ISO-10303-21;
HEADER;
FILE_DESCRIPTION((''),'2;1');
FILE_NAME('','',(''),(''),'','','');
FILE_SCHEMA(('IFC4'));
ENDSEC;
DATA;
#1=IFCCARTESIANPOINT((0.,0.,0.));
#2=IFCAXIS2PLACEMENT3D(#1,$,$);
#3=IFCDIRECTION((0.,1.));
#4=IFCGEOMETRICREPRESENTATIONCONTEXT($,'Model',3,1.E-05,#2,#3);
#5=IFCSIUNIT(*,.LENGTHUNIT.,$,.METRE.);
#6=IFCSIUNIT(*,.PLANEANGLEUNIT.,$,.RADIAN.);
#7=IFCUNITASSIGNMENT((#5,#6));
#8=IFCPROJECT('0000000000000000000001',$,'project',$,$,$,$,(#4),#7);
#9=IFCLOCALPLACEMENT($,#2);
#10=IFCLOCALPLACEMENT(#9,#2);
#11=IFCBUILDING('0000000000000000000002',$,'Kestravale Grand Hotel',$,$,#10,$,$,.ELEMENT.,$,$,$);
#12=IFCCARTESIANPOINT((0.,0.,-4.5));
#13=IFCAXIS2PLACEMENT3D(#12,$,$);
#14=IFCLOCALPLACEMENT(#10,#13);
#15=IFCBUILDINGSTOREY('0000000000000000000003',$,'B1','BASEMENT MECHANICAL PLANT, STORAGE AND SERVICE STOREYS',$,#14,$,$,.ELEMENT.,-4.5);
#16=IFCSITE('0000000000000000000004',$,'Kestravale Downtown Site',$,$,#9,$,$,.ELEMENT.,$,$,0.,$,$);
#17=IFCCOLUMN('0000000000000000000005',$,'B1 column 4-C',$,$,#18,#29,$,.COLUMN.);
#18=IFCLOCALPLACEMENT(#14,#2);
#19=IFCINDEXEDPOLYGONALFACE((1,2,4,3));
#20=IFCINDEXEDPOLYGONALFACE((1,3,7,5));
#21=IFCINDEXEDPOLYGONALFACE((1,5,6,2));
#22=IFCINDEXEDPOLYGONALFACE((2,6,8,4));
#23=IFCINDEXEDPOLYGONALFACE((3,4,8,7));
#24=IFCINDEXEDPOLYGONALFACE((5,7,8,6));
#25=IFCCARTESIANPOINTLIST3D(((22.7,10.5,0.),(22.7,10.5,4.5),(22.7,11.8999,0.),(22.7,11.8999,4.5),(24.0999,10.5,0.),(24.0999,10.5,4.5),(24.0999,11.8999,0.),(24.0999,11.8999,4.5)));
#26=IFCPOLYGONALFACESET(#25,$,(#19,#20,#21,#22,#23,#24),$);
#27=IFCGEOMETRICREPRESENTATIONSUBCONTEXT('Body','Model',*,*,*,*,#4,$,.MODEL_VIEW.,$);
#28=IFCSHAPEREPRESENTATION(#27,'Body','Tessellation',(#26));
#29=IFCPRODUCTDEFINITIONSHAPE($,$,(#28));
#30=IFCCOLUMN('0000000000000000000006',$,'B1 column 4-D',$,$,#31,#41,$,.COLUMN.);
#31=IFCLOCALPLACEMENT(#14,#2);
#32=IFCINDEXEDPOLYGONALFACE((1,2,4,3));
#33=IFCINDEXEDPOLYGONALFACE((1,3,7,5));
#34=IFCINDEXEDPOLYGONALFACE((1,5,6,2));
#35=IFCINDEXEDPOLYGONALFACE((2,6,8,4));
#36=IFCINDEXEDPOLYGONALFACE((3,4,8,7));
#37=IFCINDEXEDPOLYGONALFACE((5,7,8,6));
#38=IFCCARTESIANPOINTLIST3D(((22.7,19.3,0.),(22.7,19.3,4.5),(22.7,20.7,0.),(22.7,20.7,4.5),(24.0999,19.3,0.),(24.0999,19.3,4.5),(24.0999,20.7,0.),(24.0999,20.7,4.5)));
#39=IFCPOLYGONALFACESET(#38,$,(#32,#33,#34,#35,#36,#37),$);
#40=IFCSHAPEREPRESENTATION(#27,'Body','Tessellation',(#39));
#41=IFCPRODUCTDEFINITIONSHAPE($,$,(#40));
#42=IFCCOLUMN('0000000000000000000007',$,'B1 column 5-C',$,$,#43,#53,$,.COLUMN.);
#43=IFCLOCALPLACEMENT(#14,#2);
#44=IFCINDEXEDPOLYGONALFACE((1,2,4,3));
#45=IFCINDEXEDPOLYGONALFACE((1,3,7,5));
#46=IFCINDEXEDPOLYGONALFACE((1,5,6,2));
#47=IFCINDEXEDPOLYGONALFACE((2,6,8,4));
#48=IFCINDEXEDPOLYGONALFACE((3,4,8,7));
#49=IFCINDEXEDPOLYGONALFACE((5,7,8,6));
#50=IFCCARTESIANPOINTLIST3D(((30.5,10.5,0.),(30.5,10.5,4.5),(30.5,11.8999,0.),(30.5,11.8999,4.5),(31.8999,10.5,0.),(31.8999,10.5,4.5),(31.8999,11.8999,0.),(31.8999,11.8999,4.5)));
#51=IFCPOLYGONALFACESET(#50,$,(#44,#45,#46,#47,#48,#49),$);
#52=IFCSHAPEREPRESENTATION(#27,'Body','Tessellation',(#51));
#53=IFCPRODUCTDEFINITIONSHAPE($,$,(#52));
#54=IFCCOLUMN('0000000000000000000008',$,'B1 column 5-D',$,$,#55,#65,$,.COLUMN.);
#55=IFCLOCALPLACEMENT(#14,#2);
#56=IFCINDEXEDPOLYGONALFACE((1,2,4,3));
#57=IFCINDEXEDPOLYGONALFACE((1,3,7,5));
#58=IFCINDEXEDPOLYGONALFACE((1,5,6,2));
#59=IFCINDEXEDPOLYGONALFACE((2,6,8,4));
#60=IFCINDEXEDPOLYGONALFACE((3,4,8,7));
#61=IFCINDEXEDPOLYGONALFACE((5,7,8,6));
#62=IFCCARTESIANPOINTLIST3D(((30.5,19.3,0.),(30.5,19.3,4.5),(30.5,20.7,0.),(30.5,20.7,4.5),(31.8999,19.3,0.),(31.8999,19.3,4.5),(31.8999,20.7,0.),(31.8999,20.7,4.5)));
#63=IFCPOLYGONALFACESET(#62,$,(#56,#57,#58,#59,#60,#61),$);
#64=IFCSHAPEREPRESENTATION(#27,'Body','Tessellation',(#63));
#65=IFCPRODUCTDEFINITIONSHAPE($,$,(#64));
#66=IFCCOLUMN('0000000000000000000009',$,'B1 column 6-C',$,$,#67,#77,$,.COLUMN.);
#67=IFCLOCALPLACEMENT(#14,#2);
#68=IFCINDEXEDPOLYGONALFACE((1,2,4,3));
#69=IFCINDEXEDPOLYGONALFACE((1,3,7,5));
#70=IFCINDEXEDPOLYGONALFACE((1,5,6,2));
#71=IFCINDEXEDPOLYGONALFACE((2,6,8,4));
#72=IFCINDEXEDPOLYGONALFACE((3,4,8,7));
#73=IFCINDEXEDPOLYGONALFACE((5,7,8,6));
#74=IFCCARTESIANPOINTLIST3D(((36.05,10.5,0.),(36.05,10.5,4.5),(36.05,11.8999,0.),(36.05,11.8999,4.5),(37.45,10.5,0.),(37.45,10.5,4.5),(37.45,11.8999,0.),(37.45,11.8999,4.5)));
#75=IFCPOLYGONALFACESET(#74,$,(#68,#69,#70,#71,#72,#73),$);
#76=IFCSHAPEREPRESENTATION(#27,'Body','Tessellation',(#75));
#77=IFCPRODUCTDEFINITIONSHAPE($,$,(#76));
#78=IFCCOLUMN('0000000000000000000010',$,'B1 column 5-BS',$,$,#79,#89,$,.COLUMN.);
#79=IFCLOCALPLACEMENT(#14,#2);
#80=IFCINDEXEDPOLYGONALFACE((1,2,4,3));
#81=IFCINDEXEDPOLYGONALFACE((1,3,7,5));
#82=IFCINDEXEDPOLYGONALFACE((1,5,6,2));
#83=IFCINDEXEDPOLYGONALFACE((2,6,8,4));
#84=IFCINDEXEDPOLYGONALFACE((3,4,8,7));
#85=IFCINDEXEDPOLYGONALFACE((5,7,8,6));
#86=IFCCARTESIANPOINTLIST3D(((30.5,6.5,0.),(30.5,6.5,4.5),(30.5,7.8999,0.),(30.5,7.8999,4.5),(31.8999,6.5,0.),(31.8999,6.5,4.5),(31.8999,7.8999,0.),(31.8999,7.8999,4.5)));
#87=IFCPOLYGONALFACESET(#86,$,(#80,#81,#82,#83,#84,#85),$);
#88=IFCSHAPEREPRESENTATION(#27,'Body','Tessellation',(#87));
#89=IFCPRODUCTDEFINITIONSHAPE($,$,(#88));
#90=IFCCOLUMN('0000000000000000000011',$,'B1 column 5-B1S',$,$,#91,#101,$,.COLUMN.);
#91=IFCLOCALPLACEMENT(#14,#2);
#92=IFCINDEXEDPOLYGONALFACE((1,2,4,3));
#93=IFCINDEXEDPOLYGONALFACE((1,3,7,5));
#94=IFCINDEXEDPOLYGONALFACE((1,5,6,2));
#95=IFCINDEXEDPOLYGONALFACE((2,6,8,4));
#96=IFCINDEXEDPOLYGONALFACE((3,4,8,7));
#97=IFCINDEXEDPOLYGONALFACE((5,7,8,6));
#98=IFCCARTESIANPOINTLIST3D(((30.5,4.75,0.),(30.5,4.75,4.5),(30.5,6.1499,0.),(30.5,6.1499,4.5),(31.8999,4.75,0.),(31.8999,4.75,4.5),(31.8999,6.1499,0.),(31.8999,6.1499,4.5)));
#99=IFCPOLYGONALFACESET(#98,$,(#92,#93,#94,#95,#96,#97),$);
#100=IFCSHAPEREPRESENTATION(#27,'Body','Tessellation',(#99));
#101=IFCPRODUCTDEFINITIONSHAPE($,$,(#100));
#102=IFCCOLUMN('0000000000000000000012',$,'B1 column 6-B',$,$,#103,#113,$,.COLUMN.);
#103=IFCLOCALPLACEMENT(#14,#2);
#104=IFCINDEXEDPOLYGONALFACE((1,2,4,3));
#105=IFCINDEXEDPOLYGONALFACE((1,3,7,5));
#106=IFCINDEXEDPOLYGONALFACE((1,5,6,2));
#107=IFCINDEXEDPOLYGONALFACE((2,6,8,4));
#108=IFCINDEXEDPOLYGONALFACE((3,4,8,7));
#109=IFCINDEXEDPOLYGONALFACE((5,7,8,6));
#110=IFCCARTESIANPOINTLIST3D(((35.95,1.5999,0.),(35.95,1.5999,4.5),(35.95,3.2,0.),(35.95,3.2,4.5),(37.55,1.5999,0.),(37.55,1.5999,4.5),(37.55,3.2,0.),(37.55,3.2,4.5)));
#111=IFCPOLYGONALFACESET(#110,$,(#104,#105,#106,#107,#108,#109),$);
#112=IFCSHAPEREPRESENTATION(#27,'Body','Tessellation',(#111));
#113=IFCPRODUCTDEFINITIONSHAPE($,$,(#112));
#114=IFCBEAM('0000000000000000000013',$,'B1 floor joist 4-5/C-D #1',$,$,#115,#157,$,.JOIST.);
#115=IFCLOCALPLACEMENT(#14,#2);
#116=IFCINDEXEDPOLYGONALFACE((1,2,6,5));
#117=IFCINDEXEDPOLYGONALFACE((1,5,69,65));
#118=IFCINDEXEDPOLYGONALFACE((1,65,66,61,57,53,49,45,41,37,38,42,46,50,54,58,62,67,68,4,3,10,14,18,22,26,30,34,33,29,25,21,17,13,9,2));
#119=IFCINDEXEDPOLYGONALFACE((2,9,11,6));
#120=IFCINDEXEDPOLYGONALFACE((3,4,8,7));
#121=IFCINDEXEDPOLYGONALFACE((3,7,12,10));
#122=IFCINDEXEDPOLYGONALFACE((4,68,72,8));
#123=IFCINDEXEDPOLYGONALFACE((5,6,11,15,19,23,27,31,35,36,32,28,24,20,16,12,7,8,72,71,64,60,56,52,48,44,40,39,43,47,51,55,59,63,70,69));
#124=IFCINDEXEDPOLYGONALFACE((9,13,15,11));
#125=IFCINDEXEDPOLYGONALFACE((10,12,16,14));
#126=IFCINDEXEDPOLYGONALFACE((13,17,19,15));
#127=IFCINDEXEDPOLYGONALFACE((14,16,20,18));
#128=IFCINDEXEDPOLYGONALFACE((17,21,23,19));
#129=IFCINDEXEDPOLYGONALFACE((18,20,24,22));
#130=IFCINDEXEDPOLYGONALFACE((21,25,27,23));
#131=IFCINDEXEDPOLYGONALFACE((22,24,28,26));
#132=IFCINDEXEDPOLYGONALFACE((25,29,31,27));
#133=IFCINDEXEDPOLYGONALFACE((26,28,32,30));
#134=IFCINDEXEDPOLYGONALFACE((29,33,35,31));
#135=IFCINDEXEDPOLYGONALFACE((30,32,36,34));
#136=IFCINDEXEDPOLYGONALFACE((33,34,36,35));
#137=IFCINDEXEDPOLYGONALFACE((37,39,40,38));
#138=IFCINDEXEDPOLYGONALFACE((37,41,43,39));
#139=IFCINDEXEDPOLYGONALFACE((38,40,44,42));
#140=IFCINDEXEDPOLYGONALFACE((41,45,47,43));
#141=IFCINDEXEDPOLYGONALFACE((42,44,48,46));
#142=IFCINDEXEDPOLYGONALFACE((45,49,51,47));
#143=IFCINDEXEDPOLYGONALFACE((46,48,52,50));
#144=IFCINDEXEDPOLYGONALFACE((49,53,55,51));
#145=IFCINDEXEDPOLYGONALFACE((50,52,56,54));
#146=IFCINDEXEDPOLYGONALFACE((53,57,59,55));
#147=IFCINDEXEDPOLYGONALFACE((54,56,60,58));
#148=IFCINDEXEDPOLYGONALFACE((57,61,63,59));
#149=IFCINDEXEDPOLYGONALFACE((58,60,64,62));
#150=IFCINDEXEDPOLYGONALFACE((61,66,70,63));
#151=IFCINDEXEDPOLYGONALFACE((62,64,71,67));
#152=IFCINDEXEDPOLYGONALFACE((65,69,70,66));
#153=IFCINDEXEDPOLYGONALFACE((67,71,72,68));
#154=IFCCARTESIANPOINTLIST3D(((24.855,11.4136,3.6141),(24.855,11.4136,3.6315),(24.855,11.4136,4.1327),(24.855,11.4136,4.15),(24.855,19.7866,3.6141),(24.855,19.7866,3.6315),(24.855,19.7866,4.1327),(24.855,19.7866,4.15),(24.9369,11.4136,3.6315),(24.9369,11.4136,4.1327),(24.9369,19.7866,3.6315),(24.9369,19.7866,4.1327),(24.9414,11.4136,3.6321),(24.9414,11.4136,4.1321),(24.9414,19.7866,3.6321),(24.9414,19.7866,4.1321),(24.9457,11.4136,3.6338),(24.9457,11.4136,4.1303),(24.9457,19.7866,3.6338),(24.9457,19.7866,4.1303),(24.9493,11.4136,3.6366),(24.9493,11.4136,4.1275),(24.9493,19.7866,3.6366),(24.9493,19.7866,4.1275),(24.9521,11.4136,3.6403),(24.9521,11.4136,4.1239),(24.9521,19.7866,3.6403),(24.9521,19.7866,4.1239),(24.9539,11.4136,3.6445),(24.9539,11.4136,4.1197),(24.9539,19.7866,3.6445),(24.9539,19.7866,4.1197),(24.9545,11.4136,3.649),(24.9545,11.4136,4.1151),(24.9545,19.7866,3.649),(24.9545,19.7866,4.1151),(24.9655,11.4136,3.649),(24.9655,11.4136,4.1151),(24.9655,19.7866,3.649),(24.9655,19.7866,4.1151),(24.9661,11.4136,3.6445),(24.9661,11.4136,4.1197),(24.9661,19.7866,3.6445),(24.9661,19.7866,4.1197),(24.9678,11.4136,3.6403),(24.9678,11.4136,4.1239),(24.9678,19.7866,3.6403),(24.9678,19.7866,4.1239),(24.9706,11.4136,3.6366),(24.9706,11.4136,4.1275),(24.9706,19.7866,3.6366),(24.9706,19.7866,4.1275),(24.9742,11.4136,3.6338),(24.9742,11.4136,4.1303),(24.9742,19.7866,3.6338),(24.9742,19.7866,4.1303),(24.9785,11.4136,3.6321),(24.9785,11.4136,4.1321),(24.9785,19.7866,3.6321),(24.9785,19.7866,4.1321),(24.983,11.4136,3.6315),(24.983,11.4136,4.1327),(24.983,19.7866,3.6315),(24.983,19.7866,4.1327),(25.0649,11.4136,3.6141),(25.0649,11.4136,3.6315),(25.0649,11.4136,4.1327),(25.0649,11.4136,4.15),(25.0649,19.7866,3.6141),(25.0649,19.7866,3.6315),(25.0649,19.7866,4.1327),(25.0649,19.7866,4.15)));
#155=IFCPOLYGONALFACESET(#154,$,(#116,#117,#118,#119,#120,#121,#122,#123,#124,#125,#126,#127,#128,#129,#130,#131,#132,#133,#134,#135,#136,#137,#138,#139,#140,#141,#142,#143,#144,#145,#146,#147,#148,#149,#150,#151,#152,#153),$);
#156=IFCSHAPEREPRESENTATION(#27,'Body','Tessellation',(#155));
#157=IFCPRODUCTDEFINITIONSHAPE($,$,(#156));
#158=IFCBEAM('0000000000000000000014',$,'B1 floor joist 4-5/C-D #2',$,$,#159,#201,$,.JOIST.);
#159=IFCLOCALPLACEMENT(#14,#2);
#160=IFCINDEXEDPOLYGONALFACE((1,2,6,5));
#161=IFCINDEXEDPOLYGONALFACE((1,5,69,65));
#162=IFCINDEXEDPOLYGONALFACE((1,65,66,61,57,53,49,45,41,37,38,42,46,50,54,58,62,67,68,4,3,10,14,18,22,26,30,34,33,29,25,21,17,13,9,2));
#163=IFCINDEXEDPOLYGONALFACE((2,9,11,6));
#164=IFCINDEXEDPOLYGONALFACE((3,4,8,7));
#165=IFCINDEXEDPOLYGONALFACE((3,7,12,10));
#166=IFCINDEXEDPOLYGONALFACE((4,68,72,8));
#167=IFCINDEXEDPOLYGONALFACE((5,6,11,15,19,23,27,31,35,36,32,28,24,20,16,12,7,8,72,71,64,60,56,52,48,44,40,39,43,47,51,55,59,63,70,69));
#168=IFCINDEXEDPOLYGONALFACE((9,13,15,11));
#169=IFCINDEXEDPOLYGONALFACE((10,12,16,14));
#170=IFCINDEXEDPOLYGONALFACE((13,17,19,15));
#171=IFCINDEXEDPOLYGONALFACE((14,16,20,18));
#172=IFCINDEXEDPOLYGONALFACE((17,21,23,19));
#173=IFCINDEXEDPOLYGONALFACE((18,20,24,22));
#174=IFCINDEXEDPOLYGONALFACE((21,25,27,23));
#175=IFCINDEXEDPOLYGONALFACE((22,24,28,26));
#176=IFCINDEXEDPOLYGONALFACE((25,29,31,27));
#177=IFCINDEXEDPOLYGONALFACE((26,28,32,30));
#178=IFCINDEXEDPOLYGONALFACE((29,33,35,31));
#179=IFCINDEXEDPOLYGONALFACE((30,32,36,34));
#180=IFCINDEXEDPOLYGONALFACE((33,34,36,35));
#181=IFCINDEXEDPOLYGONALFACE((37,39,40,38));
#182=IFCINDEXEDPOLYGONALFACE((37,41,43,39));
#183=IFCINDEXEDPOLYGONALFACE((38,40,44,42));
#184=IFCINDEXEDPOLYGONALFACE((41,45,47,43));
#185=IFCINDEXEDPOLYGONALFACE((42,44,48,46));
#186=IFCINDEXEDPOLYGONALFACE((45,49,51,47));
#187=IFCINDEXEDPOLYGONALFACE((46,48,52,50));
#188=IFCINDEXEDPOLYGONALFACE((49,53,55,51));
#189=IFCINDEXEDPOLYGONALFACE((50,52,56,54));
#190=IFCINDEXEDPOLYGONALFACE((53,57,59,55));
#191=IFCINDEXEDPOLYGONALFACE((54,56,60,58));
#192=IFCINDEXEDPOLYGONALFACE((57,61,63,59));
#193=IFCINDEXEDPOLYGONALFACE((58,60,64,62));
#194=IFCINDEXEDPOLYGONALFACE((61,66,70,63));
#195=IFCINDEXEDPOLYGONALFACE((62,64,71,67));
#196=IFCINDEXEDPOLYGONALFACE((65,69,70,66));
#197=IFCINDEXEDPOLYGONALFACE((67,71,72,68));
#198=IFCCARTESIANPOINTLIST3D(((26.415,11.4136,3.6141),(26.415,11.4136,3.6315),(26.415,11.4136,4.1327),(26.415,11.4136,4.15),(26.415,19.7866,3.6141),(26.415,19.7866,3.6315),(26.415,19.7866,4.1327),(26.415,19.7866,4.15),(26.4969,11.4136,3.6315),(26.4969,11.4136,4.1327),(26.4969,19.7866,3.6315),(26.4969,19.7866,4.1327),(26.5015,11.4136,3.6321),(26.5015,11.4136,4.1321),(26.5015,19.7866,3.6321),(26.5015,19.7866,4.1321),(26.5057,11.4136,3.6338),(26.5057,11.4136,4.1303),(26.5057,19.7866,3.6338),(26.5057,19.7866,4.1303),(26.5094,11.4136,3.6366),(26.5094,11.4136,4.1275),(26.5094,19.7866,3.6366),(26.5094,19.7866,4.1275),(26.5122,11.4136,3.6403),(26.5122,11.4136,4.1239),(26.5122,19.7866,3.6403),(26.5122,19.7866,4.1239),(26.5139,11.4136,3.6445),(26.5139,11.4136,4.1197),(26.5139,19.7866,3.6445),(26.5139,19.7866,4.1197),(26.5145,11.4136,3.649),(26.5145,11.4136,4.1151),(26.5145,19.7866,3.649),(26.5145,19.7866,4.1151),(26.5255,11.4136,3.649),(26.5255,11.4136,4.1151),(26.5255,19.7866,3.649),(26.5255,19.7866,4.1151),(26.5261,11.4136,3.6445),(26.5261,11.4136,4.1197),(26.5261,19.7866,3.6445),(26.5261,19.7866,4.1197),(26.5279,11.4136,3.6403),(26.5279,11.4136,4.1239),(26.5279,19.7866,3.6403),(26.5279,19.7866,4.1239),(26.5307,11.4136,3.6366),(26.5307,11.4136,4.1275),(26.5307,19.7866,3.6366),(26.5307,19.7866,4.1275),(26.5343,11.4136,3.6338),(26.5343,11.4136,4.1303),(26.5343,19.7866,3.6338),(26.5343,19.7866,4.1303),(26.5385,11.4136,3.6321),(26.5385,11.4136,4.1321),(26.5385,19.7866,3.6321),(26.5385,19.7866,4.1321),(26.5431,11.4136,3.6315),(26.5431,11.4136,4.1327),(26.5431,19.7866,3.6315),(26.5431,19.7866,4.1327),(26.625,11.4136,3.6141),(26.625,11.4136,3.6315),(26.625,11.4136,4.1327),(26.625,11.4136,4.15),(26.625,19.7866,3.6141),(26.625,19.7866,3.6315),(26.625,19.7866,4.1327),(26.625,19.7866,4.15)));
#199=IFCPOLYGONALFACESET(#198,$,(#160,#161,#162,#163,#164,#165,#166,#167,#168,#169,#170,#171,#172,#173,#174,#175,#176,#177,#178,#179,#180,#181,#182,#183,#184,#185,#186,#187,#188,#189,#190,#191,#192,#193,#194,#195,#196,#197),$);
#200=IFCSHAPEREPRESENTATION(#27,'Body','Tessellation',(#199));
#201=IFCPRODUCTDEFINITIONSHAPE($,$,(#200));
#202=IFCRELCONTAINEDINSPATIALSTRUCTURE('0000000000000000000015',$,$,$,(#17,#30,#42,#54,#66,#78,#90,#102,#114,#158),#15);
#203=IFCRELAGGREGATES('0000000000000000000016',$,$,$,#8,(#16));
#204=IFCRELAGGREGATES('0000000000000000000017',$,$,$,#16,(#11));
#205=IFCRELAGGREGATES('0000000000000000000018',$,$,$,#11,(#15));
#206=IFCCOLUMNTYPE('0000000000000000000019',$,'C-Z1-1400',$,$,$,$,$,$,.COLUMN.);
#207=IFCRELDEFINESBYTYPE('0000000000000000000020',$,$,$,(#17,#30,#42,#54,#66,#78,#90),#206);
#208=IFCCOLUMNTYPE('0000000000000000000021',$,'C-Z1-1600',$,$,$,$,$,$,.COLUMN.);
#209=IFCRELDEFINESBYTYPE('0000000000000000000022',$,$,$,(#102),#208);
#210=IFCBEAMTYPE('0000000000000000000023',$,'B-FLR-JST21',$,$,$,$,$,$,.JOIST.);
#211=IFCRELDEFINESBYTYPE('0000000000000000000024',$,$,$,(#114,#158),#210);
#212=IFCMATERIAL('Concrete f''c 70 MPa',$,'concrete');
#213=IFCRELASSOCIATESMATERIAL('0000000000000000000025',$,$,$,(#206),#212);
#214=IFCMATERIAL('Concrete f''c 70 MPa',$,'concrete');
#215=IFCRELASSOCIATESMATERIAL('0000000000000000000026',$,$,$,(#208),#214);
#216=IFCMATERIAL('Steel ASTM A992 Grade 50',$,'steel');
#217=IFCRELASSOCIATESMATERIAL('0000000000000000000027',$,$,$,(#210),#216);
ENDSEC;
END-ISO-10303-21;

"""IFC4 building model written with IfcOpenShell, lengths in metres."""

from ifc_helpers import new_model, si_unit, direction, frame, origin, origin_2d, place, context, subcontext, project, spatial, rectangle, i_section, extrude, material, material_profile, profile_set, type_object, element, save


model = new_model("IFC4")

# Units and contexts
model_context = context("Model", 3, precision=1e-05, world=origin(), true_north=direction((0.0, 1.0)))
body_context = subcontext(model_context, "Body", "Model", "MODEL_VIEW")
ifc_project = project(units=[si_unit("LENGTHUNIT", "METRE"), si_unit("PLANEANGLEUNIT", "RADIAN")], contexts=[model_context])

# Site, building, storey
site_placement = place(None, origin())
site = spatial("IfcSite", under=ifc_project, at=site_placement, Name="Kestravale Downtown Site", CompositionType="ELEMENT", RefElevation=0.0)
building_placement = place(site_placement, origin())
building = spatial("IfcBuilding", under=site, at=building_placement, Name="Kestravale Grand Hotel", CompositionType="ELEMENT")
storey_placement = place(building_placement, frame((0.0, 0.0, -4.5)))
storey = spatial("IfcBuildingStorey", under=building, at=storey_placement, Name="B1", Description="BASEMENT MECHANICAL PLANT, STORAGE AND SERVICE STOREYS", CompositionType="ELEMENT", Elevation=-4.5)

# Columns
ifc_material_1 = material(Name="Concrete f'c 70 MPa", Category="concrete")
ifc_material_profile_1 = material_profile(ifc_material_1, rectangle(XDim=1.3999, YDim=1.3999, at=origin_2d()))
ifc_profile_set_1 = profile_set([ifc_material_profile_1], Name="Concrete f'c 70 MPa")
column_type_1 = type_object("IfcColumnType", Name="C-Z1-1400", PredefinedType="COLUMN", material=ifc_profile_set_1)
for number, where, z_axis, x_axis, name in (
    (1, (23.3999, 11.2, 0.0), (0.0, 0.0, 1.0), (1.0, 0.0, 0.0), "B1 column 4-C"),
    (2, (23.3999, 20.0, 0.0), (0.0, 0.0, 1.0), (1.0, 0.0, 0.0), "B1 column 4-D"),
    (3, (31.2, 11.2, 0.0), (0.0, 0.0, 1.0), (1.0, 0.0, 0.0), "B1 column 5-C"),
    (4, (31.2, 20.0, 0.0), (0.0, 0.0, 1.0), (1.0, 0.0, 0.0), "B1 column 5-D"),
    (5, (36.75, 11.2, 0.0), (0.0, 0.0, 1.0), (1.0, 0.0, 0.0), "B1 column 6-C"),
    (6, (31.2, 7.2, 0.0), (0.0, 0.0, 1.0), (1.0, 0.0, 0.0), "B1 column 5-BS"),
    (7, (31.2, 5.45, 0.0), (0.0, 0.0, 1.0), (1.0, 0.0, 0.0), "B1 column 5-B1S"),
):
    element("IfcColumn", number, at=place(storey_placement, frame(where, z_axis=z_axis, x_axis=x_axis)), inside=storey, type_object=column_type_1, Name=name, PredefinedType="COLUMN", context=body_context, shape_type="SweptSolid", body=[
        extrude(rectangle(XDim=1.3999, YDim=1.3999, at=origin_2d()), origin(), (0.0, 0.0, 1.0), 4.5),
    ])
ifc_material_2 = material(Name="Concrete f'c 70 MPa", Category="concrete")
ifc_material_profile_2 = material_profile(ifc_material_2, rectangle(XDim=1.6001, YDim=1.6001, at=origin_2d()))
ifc_profile_set_2 = profile_set([ifc_material_profile_2], Name="Concrete f'c 70 MPa")
column_type_2 = type_object("IfcColumnType", Name="C-Z1-1600", PredefinedType="COLUMN", material=ifc_profile_set_2)
column_placement = place(storey_placement, frame((36.75, 2.3999, 0.0), z_axis=(0.0, 0.0, 1.0), x_axis=(1.0, 0.0, 0.0)))
element("IfcColumn", 8, at=column_placement, inside=storey, type_object=column_type_2, Name="B1 column 6-B", PredefinedType="COLUMN", context=body_context, shape_type="SweptSolid", body=[
    extrude(rectangle(XDim=1.6001, YDim=1.6001, at=origin_2d()), origin(), (0.0, 0.0, 1.0), 4.5),
])

# Beams
ifc_material_3 = material(Name="Steel ASTM A992 Grade 50", Category="steel")
ifc_material_profile_3 = material_profile(ifc_material_3, i_section(OverallWidth=0.21, OverallDepth=0.5359, WebThickness=0.011, FlangeThickness=0.0173, FilletRadius=0.0176, at=origin_2d()))
ifc_profile_set_3 = profile_set([ifc_material_profile_3], Name="Steel ASTM A992 Grade 50")
beam_type_1 = type_object("IfcBeamType", Name="B-FLR-JST21", PredefinedType="JOIST", material=ifc_profile_set_3)
for number, where, z_axis, x_axis, name in (
    (9, (24.96, 11.4136, 3.8821), (0.0, 1.0, 0.0), (-1.0, 0.0, 0.0), "B1 floor joist 4-5/C-D #1"),
    (10, (26.52, 11.4136, 3.8821), (0.0, 1.0, 0.0), (-1.0, 0.0, 0.0), "B1 floor joist 4-5/C-D #2"),
):
    element("IfcBeam", number, at=place(storey_placement, frame(where, z_axis=z_axis, x_axis=x_axis)), inside=storey, type_object=beam_type_1, Name=name, PredefinedType="JOIST", context=body_context, shape_type="SweptSolid", body=[
        extrude(i_section(OverallWidth=0.21, OverallDepth=0.5359, WebThickness=0.011, FlangeThickness=0.0173, FilletRadius=0.0176, at=origin_2d()), origin(), (0.0, 0.0, 1.0), 8.373),
    ])

save(model, "model.ifc")
